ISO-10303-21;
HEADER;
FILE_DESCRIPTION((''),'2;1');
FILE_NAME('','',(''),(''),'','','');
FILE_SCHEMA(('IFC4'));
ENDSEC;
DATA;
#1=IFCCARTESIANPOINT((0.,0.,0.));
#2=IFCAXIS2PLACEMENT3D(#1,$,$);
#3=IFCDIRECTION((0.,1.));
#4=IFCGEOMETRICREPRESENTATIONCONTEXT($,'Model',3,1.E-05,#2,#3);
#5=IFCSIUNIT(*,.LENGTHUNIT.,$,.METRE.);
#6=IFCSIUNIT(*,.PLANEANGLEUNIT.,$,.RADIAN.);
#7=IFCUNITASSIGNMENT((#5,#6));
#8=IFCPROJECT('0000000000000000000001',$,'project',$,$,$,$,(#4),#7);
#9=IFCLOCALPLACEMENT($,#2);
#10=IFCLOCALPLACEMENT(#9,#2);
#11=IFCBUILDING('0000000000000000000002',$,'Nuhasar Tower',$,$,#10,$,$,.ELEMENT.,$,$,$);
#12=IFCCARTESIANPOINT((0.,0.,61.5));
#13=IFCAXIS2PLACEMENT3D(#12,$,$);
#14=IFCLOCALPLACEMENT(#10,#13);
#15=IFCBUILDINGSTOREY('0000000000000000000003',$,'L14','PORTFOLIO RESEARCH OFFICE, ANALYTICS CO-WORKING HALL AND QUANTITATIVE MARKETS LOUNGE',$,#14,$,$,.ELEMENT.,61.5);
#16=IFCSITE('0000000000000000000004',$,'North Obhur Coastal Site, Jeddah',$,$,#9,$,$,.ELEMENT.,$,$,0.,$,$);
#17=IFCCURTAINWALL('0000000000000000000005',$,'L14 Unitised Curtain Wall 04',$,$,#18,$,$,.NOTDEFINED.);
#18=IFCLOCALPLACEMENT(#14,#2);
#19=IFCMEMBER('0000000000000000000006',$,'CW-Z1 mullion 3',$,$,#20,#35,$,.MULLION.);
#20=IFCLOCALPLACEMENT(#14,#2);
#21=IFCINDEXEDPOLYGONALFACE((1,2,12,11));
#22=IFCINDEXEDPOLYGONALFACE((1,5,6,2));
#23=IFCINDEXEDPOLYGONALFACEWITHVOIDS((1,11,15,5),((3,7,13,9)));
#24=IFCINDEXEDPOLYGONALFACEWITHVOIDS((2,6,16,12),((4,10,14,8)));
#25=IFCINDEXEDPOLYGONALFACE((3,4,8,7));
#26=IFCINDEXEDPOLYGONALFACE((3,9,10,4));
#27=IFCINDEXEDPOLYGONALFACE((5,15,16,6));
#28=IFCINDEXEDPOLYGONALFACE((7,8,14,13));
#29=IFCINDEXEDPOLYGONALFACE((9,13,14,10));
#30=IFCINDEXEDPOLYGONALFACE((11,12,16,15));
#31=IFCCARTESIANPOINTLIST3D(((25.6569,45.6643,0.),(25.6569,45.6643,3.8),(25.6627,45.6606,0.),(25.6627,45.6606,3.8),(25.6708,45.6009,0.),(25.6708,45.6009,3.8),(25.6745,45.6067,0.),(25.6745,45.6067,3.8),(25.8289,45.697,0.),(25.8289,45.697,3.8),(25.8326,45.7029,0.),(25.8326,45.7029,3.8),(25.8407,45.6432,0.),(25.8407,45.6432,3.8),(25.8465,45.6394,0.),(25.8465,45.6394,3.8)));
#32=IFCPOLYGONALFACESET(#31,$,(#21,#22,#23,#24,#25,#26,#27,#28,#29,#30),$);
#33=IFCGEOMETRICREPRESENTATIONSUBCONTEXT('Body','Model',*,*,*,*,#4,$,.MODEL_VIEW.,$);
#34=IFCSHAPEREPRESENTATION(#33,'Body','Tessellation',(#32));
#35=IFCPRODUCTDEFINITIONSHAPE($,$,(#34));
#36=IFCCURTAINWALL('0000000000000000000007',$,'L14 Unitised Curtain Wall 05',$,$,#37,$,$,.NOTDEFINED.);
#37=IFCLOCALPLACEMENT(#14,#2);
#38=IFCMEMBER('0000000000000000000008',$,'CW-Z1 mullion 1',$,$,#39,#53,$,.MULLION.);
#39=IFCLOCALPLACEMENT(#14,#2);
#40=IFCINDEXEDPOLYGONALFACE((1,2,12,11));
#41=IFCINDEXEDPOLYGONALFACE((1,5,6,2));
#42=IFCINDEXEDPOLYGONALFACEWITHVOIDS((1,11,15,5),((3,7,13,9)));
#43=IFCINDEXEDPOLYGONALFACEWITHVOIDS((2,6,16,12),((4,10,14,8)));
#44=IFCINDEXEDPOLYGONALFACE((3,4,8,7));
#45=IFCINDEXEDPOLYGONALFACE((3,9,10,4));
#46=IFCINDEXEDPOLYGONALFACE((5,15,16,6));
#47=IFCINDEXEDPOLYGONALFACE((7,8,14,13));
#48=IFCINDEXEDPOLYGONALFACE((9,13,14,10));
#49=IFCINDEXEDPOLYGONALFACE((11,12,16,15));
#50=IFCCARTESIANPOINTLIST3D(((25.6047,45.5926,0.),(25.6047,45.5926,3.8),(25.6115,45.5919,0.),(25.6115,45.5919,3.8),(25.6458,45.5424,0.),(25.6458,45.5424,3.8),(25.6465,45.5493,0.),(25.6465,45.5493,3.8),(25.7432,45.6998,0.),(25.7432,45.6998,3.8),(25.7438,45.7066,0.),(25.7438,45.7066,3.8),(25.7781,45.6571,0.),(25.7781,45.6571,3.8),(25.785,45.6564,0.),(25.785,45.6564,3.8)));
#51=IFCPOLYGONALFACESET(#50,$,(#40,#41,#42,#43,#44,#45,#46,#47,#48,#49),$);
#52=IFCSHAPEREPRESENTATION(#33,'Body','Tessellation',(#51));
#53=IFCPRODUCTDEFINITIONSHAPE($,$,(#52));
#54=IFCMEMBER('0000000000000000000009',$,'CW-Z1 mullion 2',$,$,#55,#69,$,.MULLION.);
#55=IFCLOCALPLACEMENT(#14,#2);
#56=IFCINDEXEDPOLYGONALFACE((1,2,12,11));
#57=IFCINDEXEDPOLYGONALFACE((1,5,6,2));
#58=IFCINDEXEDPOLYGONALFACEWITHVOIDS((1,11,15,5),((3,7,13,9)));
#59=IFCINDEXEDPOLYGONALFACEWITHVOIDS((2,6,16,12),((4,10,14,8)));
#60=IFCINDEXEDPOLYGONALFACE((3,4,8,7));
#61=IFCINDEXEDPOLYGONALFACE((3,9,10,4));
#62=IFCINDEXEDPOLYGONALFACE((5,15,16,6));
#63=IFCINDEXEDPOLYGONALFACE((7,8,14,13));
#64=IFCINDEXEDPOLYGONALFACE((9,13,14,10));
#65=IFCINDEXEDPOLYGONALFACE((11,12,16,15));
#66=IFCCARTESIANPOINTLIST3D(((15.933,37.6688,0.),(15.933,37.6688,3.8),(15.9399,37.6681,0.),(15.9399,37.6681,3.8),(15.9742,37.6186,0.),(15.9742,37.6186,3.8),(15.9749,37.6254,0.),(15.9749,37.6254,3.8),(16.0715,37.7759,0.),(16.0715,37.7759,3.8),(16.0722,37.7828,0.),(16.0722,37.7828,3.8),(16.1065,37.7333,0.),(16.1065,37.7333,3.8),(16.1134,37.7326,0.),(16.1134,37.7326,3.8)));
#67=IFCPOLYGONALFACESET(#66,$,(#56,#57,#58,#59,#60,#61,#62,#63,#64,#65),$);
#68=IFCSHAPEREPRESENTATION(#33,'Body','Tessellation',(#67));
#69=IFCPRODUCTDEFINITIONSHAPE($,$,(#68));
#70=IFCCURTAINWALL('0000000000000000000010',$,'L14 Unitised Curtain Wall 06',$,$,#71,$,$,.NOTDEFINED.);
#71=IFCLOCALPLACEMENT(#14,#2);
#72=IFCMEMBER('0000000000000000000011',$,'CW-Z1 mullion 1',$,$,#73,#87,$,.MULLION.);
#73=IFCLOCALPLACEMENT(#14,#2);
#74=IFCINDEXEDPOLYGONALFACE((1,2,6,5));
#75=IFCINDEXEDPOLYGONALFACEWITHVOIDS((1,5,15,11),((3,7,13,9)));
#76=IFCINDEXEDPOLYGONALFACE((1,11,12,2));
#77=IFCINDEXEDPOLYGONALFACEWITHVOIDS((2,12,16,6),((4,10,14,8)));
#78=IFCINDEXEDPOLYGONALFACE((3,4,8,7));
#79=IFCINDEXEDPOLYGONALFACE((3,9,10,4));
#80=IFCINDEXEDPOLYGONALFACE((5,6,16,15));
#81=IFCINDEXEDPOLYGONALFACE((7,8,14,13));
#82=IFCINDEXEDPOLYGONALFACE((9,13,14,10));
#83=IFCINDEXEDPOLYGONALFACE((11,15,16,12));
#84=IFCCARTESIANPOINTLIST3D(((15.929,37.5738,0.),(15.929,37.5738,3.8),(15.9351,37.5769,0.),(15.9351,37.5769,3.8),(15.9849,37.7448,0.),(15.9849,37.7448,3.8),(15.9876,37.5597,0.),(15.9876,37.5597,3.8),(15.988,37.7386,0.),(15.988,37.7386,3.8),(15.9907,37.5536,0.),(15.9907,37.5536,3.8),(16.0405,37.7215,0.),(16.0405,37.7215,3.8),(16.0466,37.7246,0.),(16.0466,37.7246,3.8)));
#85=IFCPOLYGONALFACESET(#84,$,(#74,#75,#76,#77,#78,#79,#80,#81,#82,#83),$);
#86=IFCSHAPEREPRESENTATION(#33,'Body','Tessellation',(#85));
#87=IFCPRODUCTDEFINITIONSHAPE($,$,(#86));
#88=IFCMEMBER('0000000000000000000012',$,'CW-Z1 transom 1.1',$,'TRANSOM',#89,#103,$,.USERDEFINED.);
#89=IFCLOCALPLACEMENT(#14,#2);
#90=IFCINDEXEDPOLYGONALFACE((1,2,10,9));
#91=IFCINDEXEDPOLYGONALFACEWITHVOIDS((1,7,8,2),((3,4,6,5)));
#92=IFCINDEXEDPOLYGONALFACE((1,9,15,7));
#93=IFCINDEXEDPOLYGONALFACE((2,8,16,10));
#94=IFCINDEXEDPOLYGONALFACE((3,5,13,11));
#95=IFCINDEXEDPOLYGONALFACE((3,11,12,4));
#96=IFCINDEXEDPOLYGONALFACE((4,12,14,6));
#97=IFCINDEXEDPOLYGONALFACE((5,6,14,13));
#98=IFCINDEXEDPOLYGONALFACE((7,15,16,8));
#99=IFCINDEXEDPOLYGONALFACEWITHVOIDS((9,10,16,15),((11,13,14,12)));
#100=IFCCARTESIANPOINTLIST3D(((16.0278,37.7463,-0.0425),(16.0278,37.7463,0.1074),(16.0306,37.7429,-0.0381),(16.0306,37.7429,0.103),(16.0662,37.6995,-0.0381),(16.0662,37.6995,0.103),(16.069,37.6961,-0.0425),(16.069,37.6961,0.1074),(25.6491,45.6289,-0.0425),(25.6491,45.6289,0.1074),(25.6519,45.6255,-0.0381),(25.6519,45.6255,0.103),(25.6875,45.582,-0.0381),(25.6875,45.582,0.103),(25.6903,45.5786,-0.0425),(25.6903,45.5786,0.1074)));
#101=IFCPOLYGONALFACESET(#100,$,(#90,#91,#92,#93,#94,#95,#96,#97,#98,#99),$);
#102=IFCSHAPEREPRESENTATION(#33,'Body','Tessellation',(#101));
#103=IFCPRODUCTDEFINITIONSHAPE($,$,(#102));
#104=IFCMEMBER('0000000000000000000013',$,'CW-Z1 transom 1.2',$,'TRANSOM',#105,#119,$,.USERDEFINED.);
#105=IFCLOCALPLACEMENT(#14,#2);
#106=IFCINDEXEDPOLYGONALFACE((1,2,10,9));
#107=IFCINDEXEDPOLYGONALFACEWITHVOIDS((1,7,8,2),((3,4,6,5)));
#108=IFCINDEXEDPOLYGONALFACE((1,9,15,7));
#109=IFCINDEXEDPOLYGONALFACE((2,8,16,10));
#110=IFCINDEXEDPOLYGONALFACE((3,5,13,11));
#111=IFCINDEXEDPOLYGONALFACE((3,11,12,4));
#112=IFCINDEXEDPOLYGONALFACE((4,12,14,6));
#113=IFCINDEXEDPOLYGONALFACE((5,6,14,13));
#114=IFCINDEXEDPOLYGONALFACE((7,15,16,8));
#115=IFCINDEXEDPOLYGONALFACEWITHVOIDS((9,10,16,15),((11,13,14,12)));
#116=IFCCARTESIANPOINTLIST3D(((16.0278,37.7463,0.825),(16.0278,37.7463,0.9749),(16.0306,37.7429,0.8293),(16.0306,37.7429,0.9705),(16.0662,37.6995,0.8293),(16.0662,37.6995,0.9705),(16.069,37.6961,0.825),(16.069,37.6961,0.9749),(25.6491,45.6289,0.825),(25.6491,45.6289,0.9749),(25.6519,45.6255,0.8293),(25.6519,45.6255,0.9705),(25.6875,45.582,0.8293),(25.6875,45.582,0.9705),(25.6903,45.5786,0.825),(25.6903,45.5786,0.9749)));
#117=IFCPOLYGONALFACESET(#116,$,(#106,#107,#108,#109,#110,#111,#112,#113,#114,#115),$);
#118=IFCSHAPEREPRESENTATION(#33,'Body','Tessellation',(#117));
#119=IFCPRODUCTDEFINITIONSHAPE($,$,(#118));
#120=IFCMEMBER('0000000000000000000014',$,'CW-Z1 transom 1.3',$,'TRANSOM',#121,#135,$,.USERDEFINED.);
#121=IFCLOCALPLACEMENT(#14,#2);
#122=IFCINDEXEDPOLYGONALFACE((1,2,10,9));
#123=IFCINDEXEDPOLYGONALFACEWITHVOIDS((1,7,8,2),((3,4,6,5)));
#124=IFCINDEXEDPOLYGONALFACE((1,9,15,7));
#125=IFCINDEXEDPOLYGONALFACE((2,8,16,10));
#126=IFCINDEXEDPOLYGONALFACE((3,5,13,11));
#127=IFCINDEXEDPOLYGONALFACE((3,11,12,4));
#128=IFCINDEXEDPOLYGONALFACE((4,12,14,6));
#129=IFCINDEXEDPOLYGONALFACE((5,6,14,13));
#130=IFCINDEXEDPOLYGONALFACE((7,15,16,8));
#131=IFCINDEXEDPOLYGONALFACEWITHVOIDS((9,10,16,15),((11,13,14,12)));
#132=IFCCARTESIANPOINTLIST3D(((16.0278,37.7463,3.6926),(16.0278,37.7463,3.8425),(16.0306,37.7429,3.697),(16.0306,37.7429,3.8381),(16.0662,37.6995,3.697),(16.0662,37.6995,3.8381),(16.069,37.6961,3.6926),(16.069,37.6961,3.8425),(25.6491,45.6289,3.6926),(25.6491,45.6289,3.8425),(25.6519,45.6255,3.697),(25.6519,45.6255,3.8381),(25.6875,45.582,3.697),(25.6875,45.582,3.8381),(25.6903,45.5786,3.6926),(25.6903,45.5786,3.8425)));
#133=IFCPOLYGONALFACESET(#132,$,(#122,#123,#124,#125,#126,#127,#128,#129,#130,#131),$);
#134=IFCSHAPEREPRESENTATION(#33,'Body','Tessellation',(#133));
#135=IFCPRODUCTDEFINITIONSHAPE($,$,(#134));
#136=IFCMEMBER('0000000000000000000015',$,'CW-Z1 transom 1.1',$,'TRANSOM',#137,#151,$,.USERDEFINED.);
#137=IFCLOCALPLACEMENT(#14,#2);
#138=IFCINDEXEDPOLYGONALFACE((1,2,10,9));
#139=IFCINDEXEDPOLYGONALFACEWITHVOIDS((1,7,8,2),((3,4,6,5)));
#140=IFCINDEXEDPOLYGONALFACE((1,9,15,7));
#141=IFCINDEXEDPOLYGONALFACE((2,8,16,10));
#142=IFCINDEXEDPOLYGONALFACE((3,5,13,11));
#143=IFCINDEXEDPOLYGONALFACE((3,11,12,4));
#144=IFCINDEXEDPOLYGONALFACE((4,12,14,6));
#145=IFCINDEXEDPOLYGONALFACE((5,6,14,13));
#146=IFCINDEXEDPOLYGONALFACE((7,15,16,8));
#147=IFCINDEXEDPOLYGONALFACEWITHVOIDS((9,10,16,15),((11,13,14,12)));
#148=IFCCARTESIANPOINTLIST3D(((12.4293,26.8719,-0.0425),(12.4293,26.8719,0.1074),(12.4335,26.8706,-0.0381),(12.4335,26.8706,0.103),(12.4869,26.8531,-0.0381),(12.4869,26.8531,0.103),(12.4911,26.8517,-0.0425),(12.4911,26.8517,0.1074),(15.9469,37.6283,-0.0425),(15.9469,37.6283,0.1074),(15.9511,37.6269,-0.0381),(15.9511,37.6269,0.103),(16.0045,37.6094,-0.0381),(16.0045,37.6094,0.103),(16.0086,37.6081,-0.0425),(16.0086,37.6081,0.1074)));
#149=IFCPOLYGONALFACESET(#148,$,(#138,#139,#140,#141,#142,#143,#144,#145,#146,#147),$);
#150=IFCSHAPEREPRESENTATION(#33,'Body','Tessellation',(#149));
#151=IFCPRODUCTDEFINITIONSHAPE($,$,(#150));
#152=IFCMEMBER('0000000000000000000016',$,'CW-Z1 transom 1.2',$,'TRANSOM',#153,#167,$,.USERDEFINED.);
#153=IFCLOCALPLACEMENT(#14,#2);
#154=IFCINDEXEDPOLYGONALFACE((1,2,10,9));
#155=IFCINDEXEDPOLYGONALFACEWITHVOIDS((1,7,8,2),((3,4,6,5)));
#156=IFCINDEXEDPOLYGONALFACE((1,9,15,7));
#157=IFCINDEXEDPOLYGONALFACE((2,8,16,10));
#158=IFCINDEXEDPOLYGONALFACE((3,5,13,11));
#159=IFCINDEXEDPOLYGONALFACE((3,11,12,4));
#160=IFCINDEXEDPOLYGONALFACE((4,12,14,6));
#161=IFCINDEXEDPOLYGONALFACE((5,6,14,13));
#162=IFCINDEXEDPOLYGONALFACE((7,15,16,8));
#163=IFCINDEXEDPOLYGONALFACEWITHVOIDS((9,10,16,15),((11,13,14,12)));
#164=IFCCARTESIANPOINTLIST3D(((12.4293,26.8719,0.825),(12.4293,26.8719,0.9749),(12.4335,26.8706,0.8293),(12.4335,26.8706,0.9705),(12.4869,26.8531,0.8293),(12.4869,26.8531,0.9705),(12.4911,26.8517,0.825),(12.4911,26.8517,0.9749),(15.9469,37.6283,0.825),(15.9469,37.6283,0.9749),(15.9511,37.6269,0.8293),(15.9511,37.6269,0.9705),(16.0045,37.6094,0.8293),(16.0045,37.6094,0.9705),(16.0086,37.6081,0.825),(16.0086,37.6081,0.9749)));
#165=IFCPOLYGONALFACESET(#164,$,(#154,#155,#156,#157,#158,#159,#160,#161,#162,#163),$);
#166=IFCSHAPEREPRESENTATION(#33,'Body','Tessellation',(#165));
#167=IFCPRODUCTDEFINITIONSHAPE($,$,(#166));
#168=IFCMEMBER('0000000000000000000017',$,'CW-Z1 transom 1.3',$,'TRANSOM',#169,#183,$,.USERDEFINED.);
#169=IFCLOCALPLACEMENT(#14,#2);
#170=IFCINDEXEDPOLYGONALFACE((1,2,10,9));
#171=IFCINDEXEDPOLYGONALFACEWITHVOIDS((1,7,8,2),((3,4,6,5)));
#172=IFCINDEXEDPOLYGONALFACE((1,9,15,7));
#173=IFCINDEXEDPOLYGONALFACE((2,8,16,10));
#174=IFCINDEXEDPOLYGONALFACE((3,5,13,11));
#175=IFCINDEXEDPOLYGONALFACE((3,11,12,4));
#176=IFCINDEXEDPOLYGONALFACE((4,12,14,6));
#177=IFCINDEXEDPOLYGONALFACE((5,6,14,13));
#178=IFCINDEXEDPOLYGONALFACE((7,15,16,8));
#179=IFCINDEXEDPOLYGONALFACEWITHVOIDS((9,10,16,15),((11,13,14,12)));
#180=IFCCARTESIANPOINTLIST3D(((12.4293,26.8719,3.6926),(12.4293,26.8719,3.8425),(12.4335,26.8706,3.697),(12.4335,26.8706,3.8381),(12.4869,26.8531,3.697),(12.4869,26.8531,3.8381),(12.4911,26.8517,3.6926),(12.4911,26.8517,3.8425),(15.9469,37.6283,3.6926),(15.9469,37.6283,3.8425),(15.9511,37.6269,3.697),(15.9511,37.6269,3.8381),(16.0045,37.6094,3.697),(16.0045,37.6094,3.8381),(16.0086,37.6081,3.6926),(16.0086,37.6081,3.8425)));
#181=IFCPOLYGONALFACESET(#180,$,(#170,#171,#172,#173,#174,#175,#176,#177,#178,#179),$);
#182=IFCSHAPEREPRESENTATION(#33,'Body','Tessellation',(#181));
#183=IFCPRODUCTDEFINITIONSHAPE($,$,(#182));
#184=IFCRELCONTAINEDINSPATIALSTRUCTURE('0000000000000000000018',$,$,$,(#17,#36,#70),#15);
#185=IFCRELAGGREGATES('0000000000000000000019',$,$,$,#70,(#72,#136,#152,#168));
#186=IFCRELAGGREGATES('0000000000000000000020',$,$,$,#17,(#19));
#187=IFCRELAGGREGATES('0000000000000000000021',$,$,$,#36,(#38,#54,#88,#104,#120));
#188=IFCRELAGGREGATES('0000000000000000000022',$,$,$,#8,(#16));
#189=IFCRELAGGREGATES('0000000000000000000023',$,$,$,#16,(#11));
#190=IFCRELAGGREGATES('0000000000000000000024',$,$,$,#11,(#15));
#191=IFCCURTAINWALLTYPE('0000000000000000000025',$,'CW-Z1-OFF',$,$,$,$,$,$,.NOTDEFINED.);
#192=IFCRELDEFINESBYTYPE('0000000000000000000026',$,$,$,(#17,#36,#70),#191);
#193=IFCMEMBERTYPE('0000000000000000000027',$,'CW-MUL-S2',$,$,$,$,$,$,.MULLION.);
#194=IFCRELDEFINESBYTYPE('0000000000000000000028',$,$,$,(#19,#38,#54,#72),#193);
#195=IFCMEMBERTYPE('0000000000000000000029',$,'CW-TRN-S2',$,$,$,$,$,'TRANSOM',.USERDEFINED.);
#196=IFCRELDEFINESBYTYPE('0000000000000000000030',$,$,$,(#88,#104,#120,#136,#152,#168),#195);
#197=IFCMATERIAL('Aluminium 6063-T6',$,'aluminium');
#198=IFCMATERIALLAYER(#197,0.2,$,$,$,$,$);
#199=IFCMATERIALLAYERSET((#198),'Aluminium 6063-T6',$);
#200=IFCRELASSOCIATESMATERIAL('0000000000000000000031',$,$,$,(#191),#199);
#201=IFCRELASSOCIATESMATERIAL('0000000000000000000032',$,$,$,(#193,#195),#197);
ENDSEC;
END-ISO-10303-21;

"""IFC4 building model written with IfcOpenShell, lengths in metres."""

from ifc_helpers import new_model, si_unit, direction, frame, origin, origin_2d, place, context, subcontext, project, spatial, hollow_rectangle, extrude, material, layer, layer_set, material_profile, profile_set, type_object, element, aggregate, save


model = new_model("IFC4")

# Units and contexts
model_context = context("Model", 3, precision=1e-05, world=origin(), true_north=direction((0.0, 1.0)))
body_context = subcontext(model_context, "Body", "Model", "MODEL_VIEW")
ifc_project = project(units=[si_unit("LENGTHUNIT", "METRE"), si_unit("PLANEANGLEUNIT", "RADIAN")], contexts=[model_context])

# Site, building, storey
site_placement = place(None, origin())
site = spatial("IfcSite", under=ifc_project, at=site_placement, Name="North Obhur Coastal Site, Jeddah", CompositionType="ELEMENT", RefElevation=0.0)
building_placement = place(site_placement, origin())
building = spatial("IfcBuilding", under=site, at=building_placement, Name="Nuhasar Tower", CompositionType="ELEMENT")
storey_placement = place(building_placement, frame((0.0, 0.0, 61.5)))
storey = spatial("IfcBuildingStorey", under=building, at=storey_placement, Name="L14", Description="PORTFOLIO RESEARCH OFFICE, ANALYTICS CO-WORKING HALL AND QUANTITATIVE MARKETS LOUNGE", CompositionType="ELEMENT", Elevation=61.5)

# Curtain wall, member
ifc_material_1 = material(Name="Aluminium 6063-T6", Category="aluminium")
ifc_layer_1 = layer(ifc_material_1, 0.2)
ifc_layer_set_1 = layer_set([ifc_layer_1], Name="Aluminium 6063-T6")
curtain_wall_type = type_object("IfcCurtainWallType", Name="CW-Z1-OFF", PredefinedType="NOTDEFINED", material=ifc_layer_set_1)
curtain_wall_1_placement = place(storey_placement, origin())
curtain_wall_1 = element("IfcCurtainWall", 1, at=curtain_wall_1_placement, inside=storey, type_object=curtain_wall_type, Name="L14 Unitised Curtain Wall 04", PredefinedType="NOTDEFINED")
ifc_material_profile_1 = material_profile(ifc_material_1, hollow_rectangle(XDim=0.0649, YDim=0.1799, WallThickness=0.0049, at=origin_2d()), Name="CWM-2")
ifc_profile_set_1 = profile_set([ifc_material_profile_1], Name="Aluminium 6063-T6")
member_type_1 = type_object("IfcMemberType", Name="CW-MUL-S2", PredefinedType="MULLION", material=ifc_profile_set_1)
member_1_placement = place(storey_placement, frame((25.7517, 45.6519, 0.0), z_axis=(0.0, 0.0, 1.0), x_axis=(0.214399, -0.976746, 0.0)))
member_1 = element("IfcMember", 2, at=member_1_placement, type_object=member_type_1, Name="CW-Z1 mullion 3", PredefinedType="MULLION", context=body_context, shape_type="SweptSolid", body=[
    extrude(hollow_rectangle(XDim=0.0649, YDim=0.1799, WallThickness=0.0049, at=origin_2d()), origin(), (0.0, 0.0, 1.0), 3.8),
])

# Curtain wall, members
curtain_wall_2_placement = place(storey_placement, origin())
curtain_wall_2 = element("IfcCurtainWall", 3, at=curtain_wall_2_placement, inside=storey, type_object=curtain_wall_type, Name="L14 Unitised Curtain Wall 05", PredefinedType="NOTDEFINED")
member_2_placement = place(storey_placement, frame((25.6948, 45.6245, 0.0), z_axis=(0.0, 0.0, 1.0), x_axis=(0.633745, -0.773542, 0.0)))
member_2 = element("IfcMember", 4, at=member_2_placement, type_object=member_type_1, Name="CW-Z1 mullion 1", PredefinedType="MULLION", context=body_context, shape_type="SweptSolid", body=[
    extrude(hollow_rectangle(XDim=0.0649, YDim=0.1799, WallThickness=0.0049, at=origin_2d()), origin(), (0.0, 0.0, 1.0), 3.8),
])
member_3_placement = place(storey_placement, frame((16.0232, 37.7007, 0.0), z_axis=(0.0, 0.0, 1.0), x_axis=(0.633745, -0.773542, 0.0)))
member_3 = element("IfcMember", 5, at=member_3_placement, type_object=member_type_1, Name="CW-Z1 mullion 2", PredefinedType="MULLION", context=body_context, shape_type="SweptSolid", body=[
    extrude(hollow_rectangle(XDim=0.0649, YDim=0.1799, WallThickness=0.0049, at=origin_2d()), origin(), (0.0, 0.0, 1.0), 3.8),
])

# Curtain wall, member
curtain_wall_3_placement = place(storey_placement, origin())
curtain_wall_3 = element("IfcCurtainWall", 6, at=curtain_wall_3_placement, inside=storey, type_object=curtain_wall_type, Name="L14 Unitised Curtain Wall 06", PredefinedType="NOTDEFINED")
member_4_placement = place(storey_placement, frame((15.9878, 37.6492, 0.0), z_axis=(0.0, 0.0, 1.0), x_axis=(0.950468, -0.310824, 0.0)))
member_4 = element("IfcMember", 7, at=member_4_placement, type_object=member_type_1, Name="CW-Z1 mullion 1", PredefinedType="MULLION", context=body_context, shape_type="SweptSolid", body=[
    extrude(hollow_rectangle(XDim=0.0649, YDim=0.1799, WallThickness=0.0049, at=origin_2d()), origin(), (0.0, 0.0, 1.0), 3.8),
])

# Members
ifc_material_profile_2 = material_profile(ifc_material_1, hollow_rectangle(XDim=0.0649, YDim=0.1499, WallThickness=0.0044, at=origin_2d()), Name="CWT-2")
ifc_profile_set_2 = profile_set([ifc_material_profile_2], Name="Aluminium 6063-T6")
member_type_2 = type_object("IfcMemberType", Name="CW-TRN-S2", ElementType="TRANSOM", PredefinedType="USERDEFINED", material=ifc_profile_set_2)
member_5_placement = place(storey_placement, frame((25.6697, 45.6038, 0.0325), z_axis=(-0.773541, -0.633746, 0.0), x_axis=(0.633746, -0.773541, 0.0)))
member_5 = element("IfcMember", 8, at=member_5_placement, type_object=member_type_2, Name="CW-Z1 transom 1.1", ObjectType="TRANSOM", PredefinedType="USERDEFINED", context=body_context, shape_type="SweptSolid", body=[
    extrude(hollow_rectangle(XDim=0.0649, YDim=0.1499, WallThickness=0.0044, at=origin_2d()), origin(), (0.0, 0.0, 1.0), 12.438),
])
member_6_placement = place(storey_placement, frame((25.6697, 45.6038, 0.8999), z_axis=(-0.773541, -0.633746, 0.0), x_axis=(0.633746, -0.773541, 0.0)))
member_6 = element("IfcMember", 9, at=member_6_placement, type_object=member_type_2, Name="CW-Z1 transom 1.2", ObjectType="TRANSOM", PredefinedType="USERDEFINED", context=body_context, shape_type="SweptSolid", body=[
    extrude(hollow_rectangle(XDim=0.0649, YDim=0.1499, WallThickness=0.0044, at=origin_2d()), origin(), (0.0, 0.0, 1.0), 12.438),
])
member_7_placement = place(storey_placement, frame((25.6697, 45.6038, 3.7676), z_axis=(-0.773541, -0.633746, 0.0), x_axis=(0.633746, -0.773541, 0.0)))
member_7 = element("IfcMember", 10, at=member_7_placement, type_object=member_type_2, Name="CW-Z1 transom 1.3", ObjectType="TRANSOM", PredefinedType="USERDEFINED", context=body_context, shape_type="SweptSolid", body=[
    extrude(hollow_rectangle(XDim=0.0649, YDim=0.1499, WallThickness=0.0044, at=origin_2d()), origin(), (0.0, 0.0, 1.0), 12.438),
])
member_8_placement = place(storey_placement, frame((15.9778, 37.6182, 0.0325), z_axis=(-0.310825, -0.950467, 0.0), x_axis=(0.950467, -0.310825, 0.0)))
member_8 = element("IfcMember", 11, at=member_8_placement, type_object=member_type_2, Name="CW-Z1 transom 1.1", ObjectType="TRANSOM", PredefinedType="USERDEFINED", context=body_context, shape_type="SweptSolid", body=[
    extrude(hollow_rectangle(XDim=0.0649, YDim=0.1499, WallThickness=0.0044, at=origin_2d()), origin(), (0.0, 0.0, 1.0), 11.3169),
])
member_9_placement = place(storey_placement, frame((15.9778, 37.6182, 0.8999), z_axis=(-0.310825, -0.950467, 0.0), x_axis=(0.950467, -0.310825, 0.0)))
member_9 = element("IfcMember", 12, at=member_9_placement, type_object=member_type_2, Name="CW-Z1 transom 1.2", ObjectType="TRANSOM", PredefinedType="USERDEFINED", context=body_context, shape_type="SweptSolid", body=[
    extrude(hollow_rectangle(XDim=0.0649, YDim=0.1499, WallThickness=0.0044, at=origin_2d()), origin(), (0.0, 0.0, 1.0), 11.3169),
])
member_10_placement = place(storey_placement, frame((15.9778, 37.6182, 3.7676), z_axis=(-0.310825, -0.950467, 0.0), x_axis=(0.950467, -0.310825, 0.0)))
member_10 = element("IfcMember", 13, at=member_10_placement, type_object=member_type_2, Name="CW-Z1 transom 1.3", ObjectType="TRANSOM", PredefinedType="USERDEFINED", context=body_context, shape_type="SweptSolid", body=[
    extrude(hollow_rectangle(XDim=0.0649, YDim=0.1499, WallThickness=0.0044, at=origin_2d()), origin(), (0.0, 0.0, 1.0), 11.3169),
])
aggregate(curtain_wall_3, [member_4, member_8, member_9, member_10])

aggregate(curtain_wall_1, [member_1])
aggregate(curtain_wall_2, [member_2, member_3, member_5, member_6, member_7])

save(model, "model.ifc")
